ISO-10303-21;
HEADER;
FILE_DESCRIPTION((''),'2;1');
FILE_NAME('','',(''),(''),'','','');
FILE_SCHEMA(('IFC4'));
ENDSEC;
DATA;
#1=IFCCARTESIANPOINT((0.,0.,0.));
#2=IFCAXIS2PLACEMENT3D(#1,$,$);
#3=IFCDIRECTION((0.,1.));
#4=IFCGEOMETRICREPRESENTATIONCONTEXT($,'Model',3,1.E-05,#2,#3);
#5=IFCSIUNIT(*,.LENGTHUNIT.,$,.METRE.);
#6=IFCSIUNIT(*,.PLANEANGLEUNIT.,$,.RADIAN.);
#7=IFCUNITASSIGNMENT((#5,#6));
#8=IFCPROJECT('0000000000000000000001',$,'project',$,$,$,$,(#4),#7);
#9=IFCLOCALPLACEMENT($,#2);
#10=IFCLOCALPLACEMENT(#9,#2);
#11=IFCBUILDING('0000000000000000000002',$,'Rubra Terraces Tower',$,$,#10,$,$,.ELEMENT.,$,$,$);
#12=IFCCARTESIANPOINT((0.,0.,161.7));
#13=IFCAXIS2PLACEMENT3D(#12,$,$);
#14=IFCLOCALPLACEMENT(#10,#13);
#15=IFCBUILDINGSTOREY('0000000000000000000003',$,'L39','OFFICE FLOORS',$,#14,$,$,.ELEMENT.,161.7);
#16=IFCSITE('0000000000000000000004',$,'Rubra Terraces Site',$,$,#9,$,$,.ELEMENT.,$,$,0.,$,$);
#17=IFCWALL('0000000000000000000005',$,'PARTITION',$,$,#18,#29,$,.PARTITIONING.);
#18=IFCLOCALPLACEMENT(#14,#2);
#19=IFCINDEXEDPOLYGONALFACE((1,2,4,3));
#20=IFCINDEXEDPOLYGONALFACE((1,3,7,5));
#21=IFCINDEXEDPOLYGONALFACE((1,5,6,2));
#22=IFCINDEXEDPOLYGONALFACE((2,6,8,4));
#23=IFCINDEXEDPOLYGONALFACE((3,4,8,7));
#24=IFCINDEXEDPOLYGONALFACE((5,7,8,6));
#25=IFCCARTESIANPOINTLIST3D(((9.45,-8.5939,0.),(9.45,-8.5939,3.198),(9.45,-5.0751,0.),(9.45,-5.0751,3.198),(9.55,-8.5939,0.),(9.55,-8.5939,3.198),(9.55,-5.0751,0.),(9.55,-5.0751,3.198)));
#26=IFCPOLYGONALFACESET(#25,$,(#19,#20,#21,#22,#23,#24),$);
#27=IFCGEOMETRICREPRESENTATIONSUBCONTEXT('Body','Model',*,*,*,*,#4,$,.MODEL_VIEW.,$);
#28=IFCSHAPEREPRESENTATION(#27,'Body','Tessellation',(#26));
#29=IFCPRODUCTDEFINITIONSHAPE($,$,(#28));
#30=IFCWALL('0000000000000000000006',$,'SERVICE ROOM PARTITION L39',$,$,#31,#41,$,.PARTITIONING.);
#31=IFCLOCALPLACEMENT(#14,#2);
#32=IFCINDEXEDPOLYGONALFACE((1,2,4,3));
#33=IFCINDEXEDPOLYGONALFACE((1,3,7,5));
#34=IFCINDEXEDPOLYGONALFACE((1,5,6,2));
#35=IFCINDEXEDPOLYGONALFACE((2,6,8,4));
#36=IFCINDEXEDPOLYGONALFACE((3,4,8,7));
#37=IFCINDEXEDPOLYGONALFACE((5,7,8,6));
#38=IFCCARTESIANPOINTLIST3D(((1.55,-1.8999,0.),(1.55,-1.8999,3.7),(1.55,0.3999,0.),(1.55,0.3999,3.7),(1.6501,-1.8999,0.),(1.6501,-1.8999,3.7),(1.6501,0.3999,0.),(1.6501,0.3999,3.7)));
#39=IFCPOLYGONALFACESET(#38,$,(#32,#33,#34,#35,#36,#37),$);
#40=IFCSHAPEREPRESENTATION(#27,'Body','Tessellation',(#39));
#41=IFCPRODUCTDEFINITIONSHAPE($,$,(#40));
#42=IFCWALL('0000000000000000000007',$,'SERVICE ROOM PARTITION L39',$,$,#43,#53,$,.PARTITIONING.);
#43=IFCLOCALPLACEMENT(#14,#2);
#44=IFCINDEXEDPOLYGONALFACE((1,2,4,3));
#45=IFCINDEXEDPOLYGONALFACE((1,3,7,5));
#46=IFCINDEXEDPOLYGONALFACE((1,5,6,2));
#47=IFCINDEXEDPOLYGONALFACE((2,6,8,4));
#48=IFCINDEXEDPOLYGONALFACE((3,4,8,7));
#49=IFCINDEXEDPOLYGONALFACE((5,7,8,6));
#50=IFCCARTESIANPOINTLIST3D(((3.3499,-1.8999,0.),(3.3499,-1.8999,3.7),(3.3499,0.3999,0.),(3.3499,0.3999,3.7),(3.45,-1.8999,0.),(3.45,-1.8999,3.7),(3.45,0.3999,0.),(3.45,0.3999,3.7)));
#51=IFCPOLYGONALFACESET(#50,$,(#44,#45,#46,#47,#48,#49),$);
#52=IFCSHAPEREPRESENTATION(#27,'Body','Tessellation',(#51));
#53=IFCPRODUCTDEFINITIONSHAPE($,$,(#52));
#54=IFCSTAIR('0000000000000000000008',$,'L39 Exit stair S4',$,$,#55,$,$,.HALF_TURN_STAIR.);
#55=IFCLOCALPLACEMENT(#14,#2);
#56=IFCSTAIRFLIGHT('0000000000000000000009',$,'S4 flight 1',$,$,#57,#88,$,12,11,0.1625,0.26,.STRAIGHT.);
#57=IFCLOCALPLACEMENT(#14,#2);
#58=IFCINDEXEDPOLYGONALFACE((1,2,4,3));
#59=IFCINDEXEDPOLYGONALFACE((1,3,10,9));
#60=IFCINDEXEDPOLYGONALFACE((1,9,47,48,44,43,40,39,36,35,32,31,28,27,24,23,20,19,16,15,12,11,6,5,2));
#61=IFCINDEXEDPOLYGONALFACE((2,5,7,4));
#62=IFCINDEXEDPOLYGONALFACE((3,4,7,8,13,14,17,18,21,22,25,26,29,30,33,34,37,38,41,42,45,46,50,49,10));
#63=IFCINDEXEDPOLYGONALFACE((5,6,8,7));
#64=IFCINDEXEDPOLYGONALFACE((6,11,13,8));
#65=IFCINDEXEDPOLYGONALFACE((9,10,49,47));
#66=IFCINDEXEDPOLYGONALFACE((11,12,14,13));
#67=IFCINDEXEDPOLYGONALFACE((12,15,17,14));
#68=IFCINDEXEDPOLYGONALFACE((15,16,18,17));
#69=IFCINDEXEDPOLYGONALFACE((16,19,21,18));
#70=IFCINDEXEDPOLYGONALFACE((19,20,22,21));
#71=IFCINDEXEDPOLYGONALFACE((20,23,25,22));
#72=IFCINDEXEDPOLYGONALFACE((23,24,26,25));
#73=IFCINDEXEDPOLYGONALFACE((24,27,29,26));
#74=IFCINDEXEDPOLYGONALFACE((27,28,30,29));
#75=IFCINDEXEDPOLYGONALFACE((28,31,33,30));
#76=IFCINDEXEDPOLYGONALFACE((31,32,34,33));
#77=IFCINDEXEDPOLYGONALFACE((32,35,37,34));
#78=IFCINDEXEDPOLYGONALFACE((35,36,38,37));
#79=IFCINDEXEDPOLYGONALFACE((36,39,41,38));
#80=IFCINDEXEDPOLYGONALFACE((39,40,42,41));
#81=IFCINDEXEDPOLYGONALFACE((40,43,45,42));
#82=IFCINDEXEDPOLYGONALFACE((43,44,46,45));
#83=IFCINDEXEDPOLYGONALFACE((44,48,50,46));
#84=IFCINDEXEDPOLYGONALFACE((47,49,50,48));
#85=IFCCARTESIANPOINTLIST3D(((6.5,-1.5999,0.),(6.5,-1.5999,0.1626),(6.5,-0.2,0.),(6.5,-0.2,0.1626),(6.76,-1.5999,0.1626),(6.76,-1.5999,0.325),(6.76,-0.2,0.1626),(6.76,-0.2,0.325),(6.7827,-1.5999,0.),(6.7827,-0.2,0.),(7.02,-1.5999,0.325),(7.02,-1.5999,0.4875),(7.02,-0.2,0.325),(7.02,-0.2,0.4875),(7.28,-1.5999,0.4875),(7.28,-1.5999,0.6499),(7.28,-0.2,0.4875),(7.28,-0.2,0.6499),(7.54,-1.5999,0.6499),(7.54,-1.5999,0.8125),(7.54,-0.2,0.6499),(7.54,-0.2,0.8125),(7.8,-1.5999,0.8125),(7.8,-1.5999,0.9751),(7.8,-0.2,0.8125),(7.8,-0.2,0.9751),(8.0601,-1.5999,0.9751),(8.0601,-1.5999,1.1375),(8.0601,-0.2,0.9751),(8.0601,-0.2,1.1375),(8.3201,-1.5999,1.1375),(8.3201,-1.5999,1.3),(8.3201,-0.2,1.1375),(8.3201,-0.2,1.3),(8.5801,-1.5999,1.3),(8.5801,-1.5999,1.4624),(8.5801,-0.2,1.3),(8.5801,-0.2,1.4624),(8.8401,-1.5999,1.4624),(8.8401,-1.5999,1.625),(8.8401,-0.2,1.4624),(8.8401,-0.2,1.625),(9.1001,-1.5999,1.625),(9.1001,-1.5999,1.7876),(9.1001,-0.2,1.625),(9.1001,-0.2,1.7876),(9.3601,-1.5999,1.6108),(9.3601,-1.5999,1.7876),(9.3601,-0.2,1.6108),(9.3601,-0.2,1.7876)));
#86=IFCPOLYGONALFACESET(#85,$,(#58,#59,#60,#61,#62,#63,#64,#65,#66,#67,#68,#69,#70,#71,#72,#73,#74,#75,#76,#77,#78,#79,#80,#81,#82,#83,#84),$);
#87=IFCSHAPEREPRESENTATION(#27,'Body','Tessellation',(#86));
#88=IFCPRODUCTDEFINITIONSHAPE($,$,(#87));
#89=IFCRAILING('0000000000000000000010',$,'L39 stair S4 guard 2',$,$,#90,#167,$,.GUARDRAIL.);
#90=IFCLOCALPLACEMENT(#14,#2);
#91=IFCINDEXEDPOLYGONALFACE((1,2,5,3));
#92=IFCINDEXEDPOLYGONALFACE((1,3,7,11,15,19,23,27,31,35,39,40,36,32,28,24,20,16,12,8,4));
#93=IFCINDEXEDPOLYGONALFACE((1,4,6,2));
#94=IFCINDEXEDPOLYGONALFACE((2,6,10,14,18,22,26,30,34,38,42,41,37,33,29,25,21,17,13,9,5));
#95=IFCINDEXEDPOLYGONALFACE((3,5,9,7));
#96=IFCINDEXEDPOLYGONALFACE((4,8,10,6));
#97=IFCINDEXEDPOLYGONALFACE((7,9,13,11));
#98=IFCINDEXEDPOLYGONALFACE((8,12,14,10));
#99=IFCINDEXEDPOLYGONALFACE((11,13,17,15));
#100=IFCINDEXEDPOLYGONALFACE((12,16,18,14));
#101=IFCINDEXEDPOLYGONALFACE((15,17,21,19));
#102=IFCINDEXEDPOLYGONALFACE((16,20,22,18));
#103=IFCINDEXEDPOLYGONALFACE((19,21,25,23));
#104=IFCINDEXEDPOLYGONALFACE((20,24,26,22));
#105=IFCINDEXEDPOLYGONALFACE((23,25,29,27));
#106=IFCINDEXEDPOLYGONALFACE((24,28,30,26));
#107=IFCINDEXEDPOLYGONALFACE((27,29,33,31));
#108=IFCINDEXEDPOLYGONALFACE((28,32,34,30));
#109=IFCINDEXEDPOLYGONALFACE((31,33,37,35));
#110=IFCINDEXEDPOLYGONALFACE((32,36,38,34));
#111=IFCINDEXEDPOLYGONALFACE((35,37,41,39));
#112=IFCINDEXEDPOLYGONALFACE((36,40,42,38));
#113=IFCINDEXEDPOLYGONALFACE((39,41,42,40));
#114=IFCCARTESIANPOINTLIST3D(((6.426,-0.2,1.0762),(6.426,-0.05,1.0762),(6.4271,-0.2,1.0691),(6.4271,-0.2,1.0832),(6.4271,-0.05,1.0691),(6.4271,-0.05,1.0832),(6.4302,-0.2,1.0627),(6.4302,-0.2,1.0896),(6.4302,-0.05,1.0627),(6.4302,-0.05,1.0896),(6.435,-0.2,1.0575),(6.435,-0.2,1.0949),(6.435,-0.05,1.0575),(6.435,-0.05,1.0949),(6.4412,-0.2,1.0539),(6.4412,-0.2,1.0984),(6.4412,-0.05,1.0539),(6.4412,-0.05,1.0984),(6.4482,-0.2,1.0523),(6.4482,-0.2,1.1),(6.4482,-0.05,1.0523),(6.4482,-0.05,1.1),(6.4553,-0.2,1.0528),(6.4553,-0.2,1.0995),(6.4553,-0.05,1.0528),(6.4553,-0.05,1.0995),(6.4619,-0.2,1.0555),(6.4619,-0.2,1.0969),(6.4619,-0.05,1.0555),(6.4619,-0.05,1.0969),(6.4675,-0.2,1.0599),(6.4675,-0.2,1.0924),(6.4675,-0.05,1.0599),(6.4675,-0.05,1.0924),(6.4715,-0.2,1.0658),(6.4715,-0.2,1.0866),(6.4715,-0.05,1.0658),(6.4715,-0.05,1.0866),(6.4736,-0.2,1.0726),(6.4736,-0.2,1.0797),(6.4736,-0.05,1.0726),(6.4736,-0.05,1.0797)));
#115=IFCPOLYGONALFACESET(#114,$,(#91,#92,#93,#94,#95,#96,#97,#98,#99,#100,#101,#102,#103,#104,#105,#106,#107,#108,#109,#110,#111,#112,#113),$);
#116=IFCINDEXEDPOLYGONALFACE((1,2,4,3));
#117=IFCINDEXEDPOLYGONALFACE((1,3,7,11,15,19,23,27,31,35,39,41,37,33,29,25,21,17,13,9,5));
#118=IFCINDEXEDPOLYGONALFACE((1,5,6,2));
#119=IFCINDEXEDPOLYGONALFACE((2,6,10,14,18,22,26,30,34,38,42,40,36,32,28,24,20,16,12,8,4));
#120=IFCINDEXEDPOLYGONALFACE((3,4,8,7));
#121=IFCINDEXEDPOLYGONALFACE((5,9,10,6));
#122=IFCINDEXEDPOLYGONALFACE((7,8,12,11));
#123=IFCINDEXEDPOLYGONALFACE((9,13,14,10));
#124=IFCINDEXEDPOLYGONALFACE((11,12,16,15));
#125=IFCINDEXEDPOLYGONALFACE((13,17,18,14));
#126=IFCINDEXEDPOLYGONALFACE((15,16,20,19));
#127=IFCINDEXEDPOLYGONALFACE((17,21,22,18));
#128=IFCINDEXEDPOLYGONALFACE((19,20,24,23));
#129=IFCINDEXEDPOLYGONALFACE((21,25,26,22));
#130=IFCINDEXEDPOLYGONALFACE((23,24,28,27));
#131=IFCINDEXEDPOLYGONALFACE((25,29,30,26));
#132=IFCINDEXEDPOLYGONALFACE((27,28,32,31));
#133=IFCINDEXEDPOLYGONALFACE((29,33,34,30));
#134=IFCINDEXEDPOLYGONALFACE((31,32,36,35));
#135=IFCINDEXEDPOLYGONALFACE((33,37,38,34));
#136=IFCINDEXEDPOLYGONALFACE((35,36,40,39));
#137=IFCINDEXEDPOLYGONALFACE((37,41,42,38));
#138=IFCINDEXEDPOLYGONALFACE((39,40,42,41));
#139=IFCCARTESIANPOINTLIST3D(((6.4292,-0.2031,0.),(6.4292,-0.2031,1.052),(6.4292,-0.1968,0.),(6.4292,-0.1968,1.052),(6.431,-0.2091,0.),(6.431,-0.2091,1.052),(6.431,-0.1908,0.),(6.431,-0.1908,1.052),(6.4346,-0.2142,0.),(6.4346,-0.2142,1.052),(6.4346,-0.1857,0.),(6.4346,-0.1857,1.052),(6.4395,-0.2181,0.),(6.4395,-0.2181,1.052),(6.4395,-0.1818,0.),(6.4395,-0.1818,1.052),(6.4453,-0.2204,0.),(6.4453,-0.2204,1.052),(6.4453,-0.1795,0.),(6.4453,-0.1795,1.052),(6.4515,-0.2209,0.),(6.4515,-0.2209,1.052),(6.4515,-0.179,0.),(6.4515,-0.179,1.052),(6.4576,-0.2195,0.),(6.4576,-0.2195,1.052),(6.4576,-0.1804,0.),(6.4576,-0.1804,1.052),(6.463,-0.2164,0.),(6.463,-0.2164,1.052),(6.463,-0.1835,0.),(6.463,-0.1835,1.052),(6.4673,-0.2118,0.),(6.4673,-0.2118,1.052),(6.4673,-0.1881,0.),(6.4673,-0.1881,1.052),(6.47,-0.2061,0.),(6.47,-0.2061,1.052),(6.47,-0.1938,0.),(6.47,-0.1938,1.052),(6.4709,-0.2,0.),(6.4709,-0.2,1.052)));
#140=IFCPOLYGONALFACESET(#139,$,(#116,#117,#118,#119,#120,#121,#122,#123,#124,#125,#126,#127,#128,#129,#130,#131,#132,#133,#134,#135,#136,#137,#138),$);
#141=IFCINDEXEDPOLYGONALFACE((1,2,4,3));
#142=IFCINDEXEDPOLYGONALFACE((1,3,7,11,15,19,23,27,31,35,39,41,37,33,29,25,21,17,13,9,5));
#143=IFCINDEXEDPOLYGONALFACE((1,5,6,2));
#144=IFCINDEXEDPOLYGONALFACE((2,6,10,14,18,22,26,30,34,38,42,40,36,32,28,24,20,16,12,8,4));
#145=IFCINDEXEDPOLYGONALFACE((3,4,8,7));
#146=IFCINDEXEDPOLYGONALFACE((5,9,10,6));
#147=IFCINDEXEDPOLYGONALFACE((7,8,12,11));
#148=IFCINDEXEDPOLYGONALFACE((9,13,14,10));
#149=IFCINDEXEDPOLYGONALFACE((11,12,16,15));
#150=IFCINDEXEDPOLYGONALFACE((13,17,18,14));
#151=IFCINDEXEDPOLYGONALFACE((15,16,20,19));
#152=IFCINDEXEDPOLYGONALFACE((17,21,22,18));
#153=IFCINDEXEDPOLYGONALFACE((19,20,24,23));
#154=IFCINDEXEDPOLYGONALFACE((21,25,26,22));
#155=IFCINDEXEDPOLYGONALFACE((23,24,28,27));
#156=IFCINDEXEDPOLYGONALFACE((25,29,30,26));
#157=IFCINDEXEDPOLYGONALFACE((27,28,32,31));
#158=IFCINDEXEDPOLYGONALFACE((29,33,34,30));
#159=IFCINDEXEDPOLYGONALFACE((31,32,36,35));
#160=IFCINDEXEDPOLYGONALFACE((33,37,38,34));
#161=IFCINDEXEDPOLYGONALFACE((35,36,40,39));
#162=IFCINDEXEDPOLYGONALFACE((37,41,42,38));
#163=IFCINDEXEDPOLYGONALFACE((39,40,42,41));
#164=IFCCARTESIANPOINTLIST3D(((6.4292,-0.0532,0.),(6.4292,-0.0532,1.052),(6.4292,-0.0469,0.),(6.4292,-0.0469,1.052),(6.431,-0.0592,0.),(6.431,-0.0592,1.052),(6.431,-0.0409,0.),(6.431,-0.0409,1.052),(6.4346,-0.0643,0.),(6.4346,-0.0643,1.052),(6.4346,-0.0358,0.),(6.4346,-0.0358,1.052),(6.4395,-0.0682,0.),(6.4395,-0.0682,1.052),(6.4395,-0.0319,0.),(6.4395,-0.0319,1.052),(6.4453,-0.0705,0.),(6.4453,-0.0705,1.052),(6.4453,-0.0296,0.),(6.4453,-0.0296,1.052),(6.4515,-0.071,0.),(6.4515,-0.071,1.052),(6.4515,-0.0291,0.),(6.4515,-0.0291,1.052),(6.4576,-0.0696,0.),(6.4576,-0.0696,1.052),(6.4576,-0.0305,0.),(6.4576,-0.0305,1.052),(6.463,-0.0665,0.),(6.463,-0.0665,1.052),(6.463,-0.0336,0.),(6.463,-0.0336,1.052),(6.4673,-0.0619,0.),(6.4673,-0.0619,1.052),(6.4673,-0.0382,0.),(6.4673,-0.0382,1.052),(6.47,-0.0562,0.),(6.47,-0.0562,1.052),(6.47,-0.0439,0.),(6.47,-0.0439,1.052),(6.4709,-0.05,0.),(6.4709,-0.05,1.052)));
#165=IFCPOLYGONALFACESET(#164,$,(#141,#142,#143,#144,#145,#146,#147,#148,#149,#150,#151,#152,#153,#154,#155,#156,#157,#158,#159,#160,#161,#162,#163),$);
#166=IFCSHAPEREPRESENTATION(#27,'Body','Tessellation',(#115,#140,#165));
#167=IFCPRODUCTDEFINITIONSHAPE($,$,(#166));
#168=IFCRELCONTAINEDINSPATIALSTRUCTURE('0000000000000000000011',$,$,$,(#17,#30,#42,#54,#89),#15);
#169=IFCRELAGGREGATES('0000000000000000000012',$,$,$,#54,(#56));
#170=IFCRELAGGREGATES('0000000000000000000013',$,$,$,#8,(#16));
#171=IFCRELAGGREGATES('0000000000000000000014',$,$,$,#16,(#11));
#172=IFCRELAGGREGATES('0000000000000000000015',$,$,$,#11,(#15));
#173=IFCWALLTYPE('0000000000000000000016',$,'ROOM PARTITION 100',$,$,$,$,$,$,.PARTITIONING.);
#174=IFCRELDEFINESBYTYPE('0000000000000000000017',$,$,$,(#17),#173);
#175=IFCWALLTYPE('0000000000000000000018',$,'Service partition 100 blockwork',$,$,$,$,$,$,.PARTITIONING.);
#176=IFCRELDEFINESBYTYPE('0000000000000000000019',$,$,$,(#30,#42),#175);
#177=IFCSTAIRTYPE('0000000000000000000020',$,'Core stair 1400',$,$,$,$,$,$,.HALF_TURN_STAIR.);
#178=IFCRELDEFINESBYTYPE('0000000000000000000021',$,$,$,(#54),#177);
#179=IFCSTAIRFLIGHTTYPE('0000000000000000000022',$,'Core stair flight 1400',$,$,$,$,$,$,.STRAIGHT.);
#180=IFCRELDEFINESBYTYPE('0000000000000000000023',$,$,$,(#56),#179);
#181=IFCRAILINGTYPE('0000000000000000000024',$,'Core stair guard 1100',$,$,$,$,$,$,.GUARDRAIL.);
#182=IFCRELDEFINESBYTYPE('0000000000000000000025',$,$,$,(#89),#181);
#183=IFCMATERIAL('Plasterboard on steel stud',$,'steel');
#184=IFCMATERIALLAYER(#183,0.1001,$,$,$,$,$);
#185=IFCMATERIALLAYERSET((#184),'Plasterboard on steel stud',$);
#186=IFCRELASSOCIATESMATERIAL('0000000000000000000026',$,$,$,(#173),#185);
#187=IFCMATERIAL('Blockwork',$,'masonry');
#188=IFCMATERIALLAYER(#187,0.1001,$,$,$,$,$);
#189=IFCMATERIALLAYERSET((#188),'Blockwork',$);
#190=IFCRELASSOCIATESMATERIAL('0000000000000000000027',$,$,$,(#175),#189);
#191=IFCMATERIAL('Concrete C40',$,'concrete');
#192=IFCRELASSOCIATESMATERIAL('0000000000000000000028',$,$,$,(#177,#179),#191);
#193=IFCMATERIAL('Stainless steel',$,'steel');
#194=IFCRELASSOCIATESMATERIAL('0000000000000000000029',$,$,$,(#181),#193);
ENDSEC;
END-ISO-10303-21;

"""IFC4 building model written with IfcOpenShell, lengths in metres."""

from ifc_helpers import new_model, si_unit, direction, frame, frame_2d, origin, origin_2d, place, context, subcontext, project, spatial, polyline, rectangle, circle, outline, extrude, material, layer, layer_set, type_object, element, aggregate, save


model = new_model("IFC4")

# Units and contexts
model_context = context("Model", 3, precision=1e-05, world=origin(), true_north=direction((0.0, 1.0)))
body_context = subcontext(model_context, "Body", "Model", "MODEL_VIEW")
ifc_project = project(units=[si_unit("LENGTHUNIT", "METRE"), si_unit("PLANEANGLEUNIT", "RADIAN")], contexts=[model_context])

# Site, building, storey
site_placement = place(None, origin())
site = spatial("IfcSite", under=ifc_project, at=site_placement, Name="Rubra Terraces Site", CompositionType="ELEMENT", RefElevation=0.0)
building_placement = place(site_placement, origin())
building = spatial("IfcBuilding", under=site, at=building_placement, Name="Rubra Terraces Tower", CompositionType="ELEMENT")
storey_placement = place(building_placement, frame((0.0, 0.0, 161.7)))
storey = spatial("IfcBuildingStorey", under=building, at=storey_placement, Name="L39", Description="OFFICE FLOORS", CompositionType="ELEMENT", Elevation=161.7)

# Walls
ifc_material_1 = material(Name="Concrete C40", Category="concrete")
ifc_material_2 = material(Name="Plasterboard on steel stud", Category="steel")
ifc_layer_1 = layer(ifc_material_2, 0.1001)
ifc_layer_set_1 = layer_set([ifc_layer_1], Name="Plasterboard on steel stud")
wall_type_1 = type_object("IfcWallType", Name="ROOM PARTITION 100", PredefinedType="PARTITIONING", material=ifc_layer_set_1)
wall_1_placement = place(storey_placement, frame((9.5, -8.5938, 0.0), z_axis=(0.0, 0.0, 1.0), x_axis=(0.0, 1.0, 0.0)))
element("IfcWall", 1, at=wall_1_placement, inside=storey, type_object=wall_type_1, Name="PARTITION", PredefinedType="PARTITIONING", context=body_context, shape_type="SweptSolid", body=[
    extrude(rectangle(XDim=3.5188, YDim=0.1001, at=frame_2d((1.7593, 0.0))), origin(), (0.0, 0.0, 1.0), 3.198),
])
ifc_material_3 = material(Name="Blockwork", Category="masonry")
ifc_layer_2 = layer(ifc_material_3, 0.1001)
ifc_layer_set_2 = layer_set([ifc_layer_2], Name="Blockwork")
wall_type_2 = type_object("IfcWallType", Name="Service partition 100 blockwork", PredefinedType="PARTITIONING", material=ifc_layer_set_2)
for number, where, z_axis, x_axis, name in (
    (2, (1.6001, -1.8999, 0.0), (0.0, 0.0, 1.0), (0.0, 1.0, 0.0), "SERVICE ROOM PARTITION L39"),
    (3, (3.3999, -1.8999, 0.0), (0.0, 0.0, 1.0), (0.0, 1.0, 0.0), "SERVICE ROOM PARTITION L39"),
):
    element("IfcWall", number, at=place(storey_placement, frame(where, z_axis=z_axis, x_axis=x_axis)), inside=storey, type_object=wall_type_2, Name=name, PredefinedType="PARTITIONING", context=body_context, shape_type="SweptSolid", body=[
        extrude(rectangle(XDim=2.2998, YDim=0.1001, at=frame_2d((1.1499, 0.0))), origin(), (0.0, 0.0, 1.0), 3.7),
    ])

# Stair, stair flight
stair_type = type_object("IfcStairType", Name="Core stair 1400", PredefinedType="HALF_TURN_STAIR", material=ifc_material_1)
stair_placement = place(storey_placement, origin())
stair = element("IfcStair", 4, at=stair_placement, inside=storey, type_object=stair_type, Name="L39 Exit stair S4", PredefinedType="HALF_TURN_STAIR")
stair_flight_type = type_object("IfcStairFlightType", Name="Core stair flight 1400", PredefinedType="STRAIGHT", material=ifc_material_1)
stair_flight_placement = place(storey_placement, frame((6.5, -0.8999, 0.0), z_axis=(0.0, 0.0, 1.0), x_axis=(1.0, 0.0, 0.0)))
stair_flight = element("IfcStairFlight", 5, at=stair_flight_placement, type_object=stair_flight_type, Name="S4 flight 1", NumberOfRisers=12, NumberOfTreads=11, PredefinedType="STRAIGHT", RiserHeight=0.1625, TreadLength=0.26, context=body_context, shape_type="SweptSolid", body=[
    extrude(outline(polyline([(0.0, 0.0), (0.0, 0.1626), (0.26, 0.1626), (0.26, 0.325), (0.52, 0.325), (0.52, 0.4875), (0.78, 0.4875), (0.78, 0.6499), (1.04, 0.6499), (1.04, 0.8125), (1.3, 0.8125), (1.3, 0.9751), (1.5601, 0.9751), (1.5601, 1.1375), (1.8201, 1.1375), (1.8201, 1.3), (2.0801, 1.3), (2.0801, 1.4624), (2.3401, 1.4624), (2.3401, 1.625), (2.6001, 1.625), (2.6001, 1.7876), (2.8601, 1.7876), (2.8601, 1.95), (2.8601, 1.6108), (0.2827, 0.0), (0.0, 0.0)])), frame((0.0, 0.7, 0.0), z_axis=(0.0, -1.0, 0.0), x_axis=(1.0, 0.0, 0.0)), (0.0, 0.0, 1.0), 1.3999),
])
aggregate(stair, [stair_flight])

# Railing
ifc_material_4 = material(Name="Stainless steel", Category="steel")
railing_type_1 = type_object("IfcRailingType", Name="Core stair guard 1100", PredefinedType="GUARDRAIL", material=ifc_material_4)
railing_1_placement = place(storey_placement, frame((6.45, -0.2, 0.0)))
element("IfcRailing", 6, at=railing_1_placement, inside=storey, type_object=railing_type_1, Name="L39 stair S4 guard 2", PredefinedType="GUARDRAIL", context=body_context, shape_type="SweptSolid", body=[
    extrude(circle(Radius=0.0239, at=origin_2d()), frame((0.0, 0.0, 1.0762), z_axis=(0.0, 1.0, 0.0), x_axis=(-1.0, 0.0, 0.0)), (0.0, 0.0, 1.0), 0.1499),
    extrude(circle(Radius=0.021, at=origin_2d()), origin(), (0.0, 0.0, 1.0), 1.052),
    extrude(circle(Radius=0.021, at=origin_2d()), frame((0.0, 0.1499, 0.0)), (0.0, 0.0, 1.0), 1.052),
])

save(model, "model.ifc")
